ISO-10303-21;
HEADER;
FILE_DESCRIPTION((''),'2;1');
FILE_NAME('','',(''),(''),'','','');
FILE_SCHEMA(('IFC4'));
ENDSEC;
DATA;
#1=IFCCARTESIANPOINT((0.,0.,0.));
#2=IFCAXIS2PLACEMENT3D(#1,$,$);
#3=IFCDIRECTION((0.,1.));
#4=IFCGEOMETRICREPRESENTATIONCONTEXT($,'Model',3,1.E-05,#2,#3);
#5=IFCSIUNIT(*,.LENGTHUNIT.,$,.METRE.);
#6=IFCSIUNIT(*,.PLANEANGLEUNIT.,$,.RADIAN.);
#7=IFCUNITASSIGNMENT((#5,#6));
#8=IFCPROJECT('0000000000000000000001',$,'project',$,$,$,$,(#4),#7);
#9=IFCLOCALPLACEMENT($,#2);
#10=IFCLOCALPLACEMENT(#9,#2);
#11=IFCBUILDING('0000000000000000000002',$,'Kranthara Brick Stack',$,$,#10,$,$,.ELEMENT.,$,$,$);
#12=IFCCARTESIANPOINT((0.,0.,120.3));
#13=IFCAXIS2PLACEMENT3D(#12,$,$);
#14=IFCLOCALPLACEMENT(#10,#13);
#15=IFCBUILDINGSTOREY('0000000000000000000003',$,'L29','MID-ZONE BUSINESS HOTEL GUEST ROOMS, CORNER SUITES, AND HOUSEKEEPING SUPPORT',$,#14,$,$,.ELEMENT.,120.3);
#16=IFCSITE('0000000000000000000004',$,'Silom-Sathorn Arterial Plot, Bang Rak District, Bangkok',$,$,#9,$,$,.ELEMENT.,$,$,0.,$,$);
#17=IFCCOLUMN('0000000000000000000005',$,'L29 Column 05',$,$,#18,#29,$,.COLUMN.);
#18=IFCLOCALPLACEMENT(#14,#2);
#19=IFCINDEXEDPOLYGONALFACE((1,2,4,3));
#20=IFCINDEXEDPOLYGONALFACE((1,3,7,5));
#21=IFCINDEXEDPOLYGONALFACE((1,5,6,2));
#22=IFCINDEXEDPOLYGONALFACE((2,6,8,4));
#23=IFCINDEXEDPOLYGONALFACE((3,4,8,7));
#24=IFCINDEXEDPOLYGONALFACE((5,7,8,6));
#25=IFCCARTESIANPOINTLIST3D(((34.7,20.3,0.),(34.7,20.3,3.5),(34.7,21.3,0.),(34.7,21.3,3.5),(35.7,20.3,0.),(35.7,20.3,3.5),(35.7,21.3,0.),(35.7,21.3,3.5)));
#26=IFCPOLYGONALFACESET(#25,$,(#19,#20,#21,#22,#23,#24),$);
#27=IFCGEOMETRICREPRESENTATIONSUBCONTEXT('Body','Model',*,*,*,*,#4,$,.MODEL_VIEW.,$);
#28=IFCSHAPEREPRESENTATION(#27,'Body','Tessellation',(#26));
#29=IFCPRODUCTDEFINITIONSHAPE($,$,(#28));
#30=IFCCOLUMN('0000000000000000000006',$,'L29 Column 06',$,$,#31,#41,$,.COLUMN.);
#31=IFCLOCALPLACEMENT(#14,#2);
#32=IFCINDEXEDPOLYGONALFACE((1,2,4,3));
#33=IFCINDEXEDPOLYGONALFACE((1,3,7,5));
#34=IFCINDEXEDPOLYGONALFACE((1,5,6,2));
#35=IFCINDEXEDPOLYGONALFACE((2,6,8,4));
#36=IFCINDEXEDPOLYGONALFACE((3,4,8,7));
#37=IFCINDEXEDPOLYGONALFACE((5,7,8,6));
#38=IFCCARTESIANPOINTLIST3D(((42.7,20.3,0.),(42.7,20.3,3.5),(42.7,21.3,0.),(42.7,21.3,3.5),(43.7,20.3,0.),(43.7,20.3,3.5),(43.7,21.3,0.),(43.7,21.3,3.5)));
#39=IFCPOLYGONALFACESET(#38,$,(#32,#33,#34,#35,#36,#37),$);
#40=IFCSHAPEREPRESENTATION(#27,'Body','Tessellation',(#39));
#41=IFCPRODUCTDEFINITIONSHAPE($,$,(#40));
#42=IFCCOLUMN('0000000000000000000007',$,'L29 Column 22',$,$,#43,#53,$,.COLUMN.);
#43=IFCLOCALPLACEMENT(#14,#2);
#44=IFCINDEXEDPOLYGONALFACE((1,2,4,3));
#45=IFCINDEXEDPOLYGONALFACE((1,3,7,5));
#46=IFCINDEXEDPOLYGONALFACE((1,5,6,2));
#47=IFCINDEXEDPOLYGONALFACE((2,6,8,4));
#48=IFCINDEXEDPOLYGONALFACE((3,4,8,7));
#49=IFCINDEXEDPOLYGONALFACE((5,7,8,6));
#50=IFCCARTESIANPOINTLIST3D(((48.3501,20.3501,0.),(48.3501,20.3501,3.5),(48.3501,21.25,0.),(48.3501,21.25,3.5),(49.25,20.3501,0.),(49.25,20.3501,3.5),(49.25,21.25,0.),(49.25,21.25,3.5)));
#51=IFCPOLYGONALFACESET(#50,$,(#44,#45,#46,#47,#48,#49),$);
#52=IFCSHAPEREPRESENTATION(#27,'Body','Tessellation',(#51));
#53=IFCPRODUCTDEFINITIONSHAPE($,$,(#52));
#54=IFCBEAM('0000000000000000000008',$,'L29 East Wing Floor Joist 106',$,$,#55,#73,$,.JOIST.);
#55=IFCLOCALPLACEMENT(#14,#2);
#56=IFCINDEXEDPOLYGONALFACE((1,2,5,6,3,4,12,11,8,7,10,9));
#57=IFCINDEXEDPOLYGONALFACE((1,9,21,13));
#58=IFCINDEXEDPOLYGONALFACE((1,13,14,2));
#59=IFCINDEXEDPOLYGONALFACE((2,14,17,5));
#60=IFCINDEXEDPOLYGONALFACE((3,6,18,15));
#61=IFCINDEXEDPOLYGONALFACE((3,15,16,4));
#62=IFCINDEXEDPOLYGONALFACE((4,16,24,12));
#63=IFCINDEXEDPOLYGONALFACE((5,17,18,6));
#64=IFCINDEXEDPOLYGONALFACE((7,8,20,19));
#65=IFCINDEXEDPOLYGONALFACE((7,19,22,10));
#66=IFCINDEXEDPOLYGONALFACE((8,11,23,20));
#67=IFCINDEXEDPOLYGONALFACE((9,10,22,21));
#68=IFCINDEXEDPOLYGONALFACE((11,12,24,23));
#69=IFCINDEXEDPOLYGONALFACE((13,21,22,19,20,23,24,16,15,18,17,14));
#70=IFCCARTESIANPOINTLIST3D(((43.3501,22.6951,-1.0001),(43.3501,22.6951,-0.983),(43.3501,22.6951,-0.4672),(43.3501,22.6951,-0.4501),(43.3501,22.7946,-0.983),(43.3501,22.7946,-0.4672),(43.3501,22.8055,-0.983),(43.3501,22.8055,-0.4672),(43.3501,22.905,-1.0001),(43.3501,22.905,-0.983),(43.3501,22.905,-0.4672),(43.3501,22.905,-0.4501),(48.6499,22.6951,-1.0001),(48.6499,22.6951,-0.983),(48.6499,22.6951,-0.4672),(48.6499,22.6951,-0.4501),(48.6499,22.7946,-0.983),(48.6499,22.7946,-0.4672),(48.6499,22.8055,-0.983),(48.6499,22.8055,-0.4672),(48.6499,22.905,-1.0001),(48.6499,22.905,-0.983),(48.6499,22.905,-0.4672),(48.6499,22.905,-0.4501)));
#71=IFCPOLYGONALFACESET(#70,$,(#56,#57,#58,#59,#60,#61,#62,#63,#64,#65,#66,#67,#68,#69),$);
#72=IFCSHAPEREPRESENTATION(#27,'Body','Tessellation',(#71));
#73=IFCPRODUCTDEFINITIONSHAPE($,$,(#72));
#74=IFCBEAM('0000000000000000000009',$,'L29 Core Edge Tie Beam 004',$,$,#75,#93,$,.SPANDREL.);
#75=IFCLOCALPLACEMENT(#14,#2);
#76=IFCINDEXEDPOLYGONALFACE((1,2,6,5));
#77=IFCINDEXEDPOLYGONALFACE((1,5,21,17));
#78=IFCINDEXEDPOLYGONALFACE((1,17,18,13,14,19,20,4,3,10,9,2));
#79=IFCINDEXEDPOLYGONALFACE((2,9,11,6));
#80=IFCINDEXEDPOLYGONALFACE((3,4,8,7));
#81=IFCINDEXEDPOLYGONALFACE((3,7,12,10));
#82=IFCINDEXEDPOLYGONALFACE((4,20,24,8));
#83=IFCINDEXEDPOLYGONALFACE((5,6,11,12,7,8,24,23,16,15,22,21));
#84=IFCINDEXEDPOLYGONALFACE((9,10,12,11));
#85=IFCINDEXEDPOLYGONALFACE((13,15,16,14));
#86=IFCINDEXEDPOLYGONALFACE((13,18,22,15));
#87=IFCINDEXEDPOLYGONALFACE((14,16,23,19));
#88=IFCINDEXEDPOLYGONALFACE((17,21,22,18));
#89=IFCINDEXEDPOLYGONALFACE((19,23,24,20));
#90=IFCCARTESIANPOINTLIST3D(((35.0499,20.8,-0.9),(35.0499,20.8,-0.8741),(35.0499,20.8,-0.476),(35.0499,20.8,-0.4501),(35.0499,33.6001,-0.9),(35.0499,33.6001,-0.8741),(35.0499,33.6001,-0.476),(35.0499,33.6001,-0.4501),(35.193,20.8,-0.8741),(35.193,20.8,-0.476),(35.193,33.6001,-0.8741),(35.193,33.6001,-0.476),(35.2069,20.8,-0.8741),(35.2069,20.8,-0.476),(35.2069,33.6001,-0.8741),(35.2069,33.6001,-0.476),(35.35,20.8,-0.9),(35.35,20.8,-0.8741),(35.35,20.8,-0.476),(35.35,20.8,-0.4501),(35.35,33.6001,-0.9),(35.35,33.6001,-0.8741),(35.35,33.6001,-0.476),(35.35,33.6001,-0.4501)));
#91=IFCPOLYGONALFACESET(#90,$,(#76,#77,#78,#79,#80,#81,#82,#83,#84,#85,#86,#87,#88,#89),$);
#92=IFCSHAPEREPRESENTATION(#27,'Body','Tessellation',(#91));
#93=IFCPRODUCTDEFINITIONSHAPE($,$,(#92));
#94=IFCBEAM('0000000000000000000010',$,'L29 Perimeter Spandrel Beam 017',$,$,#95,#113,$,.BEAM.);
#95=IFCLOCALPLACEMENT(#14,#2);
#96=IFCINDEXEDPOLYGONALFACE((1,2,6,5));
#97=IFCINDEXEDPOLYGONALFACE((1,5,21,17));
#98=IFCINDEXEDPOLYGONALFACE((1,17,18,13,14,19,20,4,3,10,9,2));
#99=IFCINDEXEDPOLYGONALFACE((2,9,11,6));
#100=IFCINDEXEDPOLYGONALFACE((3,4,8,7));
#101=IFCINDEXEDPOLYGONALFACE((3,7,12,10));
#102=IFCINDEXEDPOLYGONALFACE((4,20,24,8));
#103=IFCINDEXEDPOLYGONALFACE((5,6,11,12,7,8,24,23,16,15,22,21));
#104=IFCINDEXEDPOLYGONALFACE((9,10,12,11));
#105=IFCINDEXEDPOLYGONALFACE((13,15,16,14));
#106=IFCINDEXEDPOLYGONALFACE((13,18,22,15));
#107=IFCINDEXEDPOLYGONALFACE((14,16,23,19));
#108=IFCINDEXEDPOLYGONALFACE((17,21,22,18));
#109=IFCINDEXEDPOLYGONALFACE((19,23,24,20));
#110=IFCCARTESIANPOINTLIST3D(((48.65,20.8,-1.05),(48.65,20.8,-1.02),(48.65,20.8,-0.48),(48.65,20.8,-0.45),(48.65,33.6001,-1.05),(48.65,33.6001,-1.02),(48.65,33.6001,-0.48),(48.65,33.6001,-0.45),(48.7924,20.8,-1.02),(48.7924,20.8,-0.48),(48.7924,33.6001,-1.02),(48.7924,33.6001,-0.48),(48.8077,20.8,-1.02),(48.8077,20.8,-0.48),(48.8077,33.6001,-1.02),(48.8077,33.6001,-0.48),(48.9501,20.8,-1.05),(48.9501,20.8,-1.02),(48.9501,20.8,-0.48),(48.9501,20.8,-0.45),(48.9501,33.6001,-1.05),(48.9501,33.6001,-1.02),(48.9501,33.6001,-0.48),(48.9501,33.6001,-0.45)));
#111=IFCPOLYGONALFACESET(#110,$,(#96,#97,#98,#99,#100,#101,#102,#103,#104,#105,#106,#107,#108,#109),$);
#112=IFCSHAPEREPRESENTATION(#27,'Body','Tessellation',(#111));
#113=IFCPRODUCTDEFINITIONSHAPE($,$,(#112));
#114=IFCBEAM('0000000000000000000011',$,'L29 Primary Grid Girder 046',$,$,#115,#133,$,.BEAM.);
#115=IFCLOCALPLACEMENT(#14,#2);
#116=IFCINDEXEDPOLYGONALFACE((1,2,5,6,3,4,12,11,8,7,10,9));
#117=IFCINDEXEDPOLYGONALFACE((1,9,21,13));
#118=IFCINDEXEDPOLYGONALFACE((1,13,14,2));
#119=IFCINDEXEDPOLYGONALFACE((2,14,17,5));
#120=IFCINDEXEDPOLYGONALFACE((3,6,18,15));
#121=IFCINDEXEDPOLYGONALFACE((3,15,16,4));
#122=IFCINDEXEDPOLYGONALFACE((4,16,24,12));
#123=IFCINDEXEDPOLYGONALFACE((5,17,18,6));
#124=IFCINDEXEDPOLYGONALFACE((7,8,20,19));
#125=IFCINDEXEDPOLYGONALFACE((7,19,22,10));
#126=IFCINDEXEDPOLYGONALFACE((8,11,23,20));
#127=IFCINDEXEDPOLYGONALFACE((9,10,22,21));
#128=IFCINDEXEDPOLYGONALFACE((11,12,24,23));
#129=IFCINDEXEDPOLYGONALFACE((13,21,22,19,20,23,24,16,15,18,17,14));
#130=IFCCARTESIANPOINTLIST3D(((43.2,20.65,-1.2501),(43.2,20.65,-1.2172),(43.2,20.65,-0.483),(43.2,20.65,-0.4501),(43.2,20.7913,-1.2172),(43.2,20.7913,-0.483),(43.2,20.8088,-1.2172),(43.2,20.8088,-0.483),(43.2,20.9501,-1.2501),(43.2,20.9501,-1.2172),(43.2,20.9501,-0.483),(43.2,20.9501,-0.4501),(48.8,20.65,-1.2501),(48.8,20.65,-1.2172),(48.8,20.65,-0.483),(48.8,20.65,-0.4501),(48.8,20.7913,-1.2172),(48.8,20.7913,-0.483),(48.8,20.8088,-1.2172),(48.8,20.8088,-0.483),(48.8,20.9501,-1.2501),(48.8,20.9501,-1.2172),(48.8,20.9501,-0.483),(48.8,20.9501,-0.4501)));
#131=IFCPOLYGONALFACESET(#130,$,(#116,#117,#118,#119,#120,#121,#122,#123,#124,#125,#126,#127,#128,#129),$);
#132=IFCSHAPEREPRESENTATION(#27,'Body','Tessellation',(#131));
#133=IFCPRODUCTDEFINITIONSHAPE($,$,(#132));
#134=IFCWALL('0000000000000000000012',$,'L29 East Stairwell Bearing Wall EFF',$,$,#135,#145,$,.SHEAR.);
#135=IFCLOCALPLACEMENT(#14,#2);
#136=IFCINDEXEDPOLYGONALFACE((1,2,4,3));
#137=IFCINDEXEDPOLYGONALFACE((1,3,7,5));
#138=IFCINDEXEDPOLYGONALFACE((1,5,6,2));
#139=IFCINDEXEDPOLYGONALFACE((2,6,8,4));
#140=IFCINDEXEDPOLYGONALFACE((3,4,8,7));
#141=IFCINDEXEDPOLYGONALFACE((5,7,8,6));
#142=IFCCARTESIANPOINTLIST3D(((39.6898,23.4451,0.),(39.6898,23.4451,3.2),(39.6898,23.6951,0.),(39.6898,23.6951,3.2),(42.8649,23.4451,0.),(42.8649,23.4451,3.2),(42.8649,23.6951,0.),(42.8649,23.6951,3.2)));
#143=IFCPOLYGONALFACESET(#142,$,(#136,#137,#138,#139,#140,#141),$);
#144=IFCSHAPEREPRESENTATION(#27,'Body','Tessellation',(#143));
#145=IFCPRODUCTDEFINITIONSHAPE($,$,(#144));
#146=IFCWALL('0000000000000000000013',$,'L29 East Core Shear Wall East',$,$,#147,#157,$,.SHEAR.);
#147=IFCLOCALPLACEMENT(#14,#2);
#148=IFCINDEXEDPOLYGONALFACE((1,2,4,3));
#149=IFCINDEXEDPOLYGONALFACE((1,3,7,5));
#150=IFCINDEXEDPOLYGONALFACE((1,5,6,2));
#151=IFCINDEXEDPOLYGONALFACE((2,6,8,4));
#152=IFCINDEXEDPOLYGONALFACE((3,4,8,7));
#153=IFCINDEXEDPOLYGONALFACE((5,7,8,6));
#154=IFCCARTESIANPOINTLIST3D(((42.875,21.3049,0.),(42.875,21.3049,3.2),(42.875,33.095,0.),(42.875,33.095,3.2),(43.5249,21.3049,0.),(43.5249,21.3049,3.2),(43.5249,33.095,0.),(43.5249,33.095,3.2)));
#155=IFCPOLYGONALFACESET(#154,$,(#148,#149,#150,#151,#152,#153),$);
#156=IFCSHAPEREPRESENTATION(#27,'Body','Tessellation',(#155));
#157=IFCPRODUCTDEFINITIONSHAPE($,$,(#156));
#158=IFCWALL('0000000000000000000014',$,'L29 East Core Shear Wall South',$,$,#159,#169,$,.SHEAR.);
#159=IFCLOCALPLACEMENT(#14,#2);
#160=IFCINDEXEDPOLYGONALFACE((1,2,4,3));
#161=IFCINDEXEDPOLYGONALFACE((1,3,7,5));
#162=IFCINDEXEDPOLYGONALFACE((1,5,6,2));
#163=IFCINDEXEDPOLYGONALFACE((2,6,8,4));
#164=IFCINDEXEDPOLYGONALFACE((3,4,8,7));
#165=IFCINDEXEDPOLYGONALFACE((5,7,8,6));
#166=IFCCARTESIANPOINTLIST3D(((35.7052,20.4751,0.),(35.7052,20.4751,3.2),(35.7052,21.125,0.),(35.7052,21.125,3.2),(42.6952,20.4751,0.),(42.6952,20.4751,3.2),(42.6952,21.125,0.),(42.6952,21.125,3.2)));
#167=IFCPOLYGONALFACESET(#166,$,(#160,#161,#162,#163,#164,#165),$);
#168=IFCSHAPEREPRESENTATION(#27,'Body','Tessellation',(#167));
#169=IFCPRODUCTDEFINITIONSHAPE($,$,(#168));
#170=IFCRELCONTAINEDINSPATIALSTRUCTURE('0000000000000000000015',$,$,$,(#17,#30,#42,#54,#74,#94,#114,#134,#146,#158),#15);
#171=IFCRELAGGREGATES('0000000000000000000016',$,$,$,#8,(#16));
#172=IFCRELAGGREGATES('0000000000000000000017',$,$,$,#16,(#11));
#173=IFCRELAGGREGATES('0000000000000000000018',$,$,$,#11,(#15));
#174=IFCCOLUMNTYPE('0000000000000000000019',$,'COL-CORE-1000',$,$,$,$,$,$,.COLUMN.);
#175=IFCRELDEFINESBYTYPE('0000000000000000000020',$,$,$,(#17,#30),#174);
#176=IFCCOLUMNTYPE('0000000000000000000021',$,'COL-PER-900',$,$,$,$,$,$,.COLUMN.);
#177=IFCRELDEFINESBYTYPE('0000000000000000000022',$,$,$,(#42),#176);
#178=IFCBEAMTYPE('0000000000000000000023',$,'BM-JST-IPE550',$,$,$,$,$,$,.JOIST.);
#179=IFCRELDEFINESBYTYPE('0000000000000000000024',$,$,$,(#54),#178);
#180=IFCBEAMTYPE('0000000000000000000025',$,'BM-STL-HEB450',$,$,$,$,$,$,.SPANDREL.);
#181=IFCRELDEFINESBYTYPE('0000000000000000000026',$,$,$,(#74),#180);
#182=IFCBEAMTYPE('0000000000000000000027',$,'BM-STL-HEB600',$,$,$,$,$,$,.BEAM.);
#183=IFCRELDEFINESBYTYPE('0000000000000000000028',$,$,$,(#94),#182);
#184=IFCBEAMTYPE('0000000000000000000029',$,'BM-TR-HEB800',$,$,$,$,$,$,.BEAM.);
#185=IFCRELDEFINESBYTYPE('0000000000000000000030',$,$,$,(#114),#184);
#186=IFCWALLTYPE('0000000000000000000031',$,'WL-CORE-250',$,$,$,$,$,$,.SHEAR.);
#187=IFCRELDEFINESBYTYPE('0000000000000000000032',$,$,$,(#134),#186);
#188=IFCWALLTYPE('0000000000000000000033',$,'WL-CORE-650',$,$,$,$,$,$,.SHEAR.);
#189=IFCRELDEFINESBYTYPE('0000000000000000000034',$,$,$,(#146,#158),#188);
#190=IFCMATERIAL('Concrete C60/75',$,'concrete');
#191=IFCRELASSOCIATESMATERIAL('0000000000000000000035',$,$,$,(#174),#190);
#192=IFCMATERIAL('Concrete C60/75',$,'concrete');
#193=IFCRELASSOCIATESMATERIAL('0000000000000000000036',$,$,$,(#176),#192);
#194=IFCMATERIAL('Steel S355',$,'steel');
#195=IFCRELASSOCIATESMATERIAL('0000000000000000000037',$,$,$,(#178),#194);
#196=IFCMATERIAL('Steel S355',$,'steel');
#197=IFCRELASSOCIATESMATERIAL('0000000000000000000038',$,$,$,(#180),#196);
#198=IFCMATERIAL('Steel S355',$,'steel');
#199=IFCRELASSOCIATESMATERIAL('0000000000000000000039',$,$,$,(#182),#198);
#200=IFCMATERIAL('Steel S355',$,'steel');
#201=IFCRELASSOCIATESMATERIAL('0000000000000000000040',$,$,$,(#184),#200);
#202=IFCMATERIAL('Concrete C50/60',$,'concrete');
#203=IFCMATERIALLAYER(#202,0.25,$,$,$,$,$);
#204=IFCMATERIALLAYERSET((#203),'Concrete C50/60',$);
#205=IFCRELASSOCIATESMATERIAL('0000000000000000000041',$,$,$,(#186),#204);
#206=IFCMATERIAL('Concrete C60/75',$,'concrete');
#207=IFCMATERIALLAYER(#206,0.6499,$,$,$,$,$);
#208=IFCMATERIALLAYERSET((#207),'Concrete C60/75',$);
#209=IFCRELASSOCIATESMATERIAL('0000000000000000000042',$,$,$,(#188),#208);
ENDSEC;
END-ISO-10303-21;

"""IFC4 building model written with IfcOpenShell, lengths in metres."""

from ifc_helpers import new_model, si_unit, direction, frame, frame_2d, origin, origin_2d, place, context, subcontext, project, spatial, rectangle, i_section, extrude, material, layer, layer_set, material_profile, profile_set, type_object, element, save


model = new_model("IFC4")

# Units and contexts
model_context = context("Model", 3, precision=1e-05, world=origin(), true_north=direction((0.0, 1.0)))
body_context = subcontext(model_context, "Body", "Model", "MODEL_VIEW")
ifc_project = project(units=[si_unit("LENGTHUNIT", "METRE"), si_unit("PLANEANGLEUNIT", "RADIAN")], contexts=[model_context])

# Site, building, storey
site_placement = place(None, origin())
site = spatial("IfcSite", under=ifc_project, at=site_placement, Name="Silom-Sathorn Arterial Plot, Bang Rak District, Bangkok", CompositionType="ELEMENT", RefElevation=0.0)
building_placement = place(site_placement, origin())
building = spatial("IfcBuilding", under=site, at=building_placement, Name="Kranthara Brick Stack", CompositionType="ELEMENT")
storey_placement = place(building_placement, frame((0.0, 0.0, 120.3)))
storey = spatial("IfcBuildingStorey", under=building, at=storey_placement, Name="L29", Description="MID-ZONE BUSINESS HOTEL GUEST ROOMS, CORNER SUITES, AND HOUSEKEEPING SUPPORT", CompositionType="ELEMENT", Elevation=120.3)

# Columns
ifc_material_1 = material(Name="Concrete C60/75", Category="concrete")
ifc_material_profile_1 = material_profile(ifc_material_1, rectangle(XDim=1.0, YDim=1.0, at=origin_2d()), Name="RC 1000x1000")
ifc_profile_set_1 = profile_set([ifc_material_profile_1], Name="Concrete C60/75")
column_type_1 = type_object("IfcColumnType", Name="COL-CORE-1000", PredefinedType="COLUMN", material=ifc_profile_set_1)
for number, where, z_axis, x_axis, name in (
    (1, (35.2, 20.8, 0.0), (0.0, 0.0, 1.0), (1.0, 0.0, 0.0), "L29 Column 05"),
    (2, (43.2, 20.8, 0.0), (0.0, 0.0, 1.0), (1.0, 0.0, 0.0), "L29 Column 06"),
):
    element("IfcColumn", number, at=place(storey_placement, frame(where, z_axis=z_axis, x_axis=x_axis)), inside=storey, type_object=column_type_1, Name=name, PredefinedType="COLUMN", context=body_context, shape_type="SweptSolid", body=[
        extrude(rectangle(XDim=1.0, YDim=1.0, at=origin_2d()), origin(), (0.0, 0.0, 1.0), 3.5),
    ])
ifc_material_2 = material(Name="Concrete C60/75", Category="concrete")
ifc_material_profile_2 = material_profile(ifc_material_2, rectangle(XDim=0.8999, YDim=0.8999, at=origin_2d()), Name="RC 900x900")
ifc_profile_set_2 = profile_set([ifc_material_profile_2], Name="Concrete C60/75")
column_type_2 = type_object("IfcColumnType", Name="COL-PER-900", PredefinedType="COLUMN", material=ifc_profile_set_2)
column_placement = place(storey_placement, frame((48.8, 20.8, 0.0), z_axis=(0.0, 0.0, 1.0), x_axis=(1.0, 0.0, 0.0)))
element("IfcColumn", 3, at=column_placement, inside=storey, type_object=column_type_2, Name="L29 Column 22", PredefinedType="COLUMN", context=body_context, shape_type="SweptSolid", body=[
    extrude(rectangle(XDim=0.8999, YDim=0.8999, at=origin_2d()), origin(), (0.0, 0.0, 1.0), 3.5),
])

# Beams
ifc_material_3 = material(Name="Steel S355", Category="steel")
ifc_material_profile_3 = material_profile(ifc_material_3, i_section(OverallWidth=0.21, OverallDepth=0.55, WebThickness=0.011, FlangeThickness=0.0171, at=origin_2d()), Name="IPE 550")
ifc_profile_set_3 = profile_set([ifc_material_profile_3], Name="Steel S355")
beam_type_1 = type_object("IfcBeamType", Name="BM-JST-IPE550", PredefinedType="JOIST", material=ifc_profile_set_3)
beam_1_placement = place(storey_placement, frame((43.3501, 22.8, -0.7251), z_axis=(1.0, 0.0, 0.0), x_axis=(0.0, 1.0, 0.0)))
element("IfcBeam", 4, at=beam_1_placement, inside=storey, type_object=beam_type_1, Name="L29 East Wing Floor Joist 106", PredefinedType="JOIST", context=body_context, shape_type="SweptSolid", body=[
    extrude(i_section(OverallWidth=0.21, OverallDepth=0.55, WebThickness=0.011, FlangeThickness=0.0171, at=origin_2d()), origin(), (0.0, 0.0, 1.0), 5.2998),
])
ifc_material_4 = material(Name="Steel S355", Category="steel")
ifc_material_profile_4 = material_profile(ifc_material_4, i_section(OverallWidth=0.3, OverallDepth=0.45, WebThickness=0.0139, FlangeThickness=0.0259, at=origin_2d()), Name="HEB 450")
ifc_profile_set_4 = profile_set([ifc_material_profile_4], Name="Steel S355")
beam_type_2 = type_object("IfcBeamType", Name="BM-STL-HEB450", PredefinedType="SPANDREL", material=ifc_profile_set_4)
beam_2_placement = place(storey_placement, frame((35.2, 20.8, -0.675), z_axis=(0.0, 1.0, 0.0), x_axis=(-1.0, 0.0, 0.0)))
element("IfcBeam", 5, at=beam_2_placement, inside=storey, type_object=beam_type_2, Name="L29 Core Edge Tie Beam 004", PredefinedType="SPANDREL", context=body_context, shape_type="SweptSolid", body=[
    extrude(i_section(OverallWidth=0.3, OverallDepth=0.45, WebThickness=0.0139, FlangeThickness=0.0259, at=origin_2d()), origin(), (0.0, 0.0, 1.0), 12.8),
])
ifc_material_5 = material(Name="Steel S355", Category="steel")
ifc_material_profile_5 = material_profile(ifc_material_5, i_section(OverallWidth=0.3, OverallDepth=0.6001, WebThickness=0.0154, FlangeThickness=0.03, at=origin_2d()), Name="HEB 600")
ifc_profile_set_5 = profile_set([ifc_material_profile_5], Name="Steel S355")
beam_type_3 = type_object("IfcBeamType", Name="BM-STL-HEB600", PredefinedType="BEAM", material=ifc_profile_set_5)
beam_3_placement = place(storey_placement, frame((48.8, 20.8, -0.75), z_axis=(0.0, 1.0, 0.0), x_axis=(-1.0, 0.0, 0.0)))
element("IfcBeam", 6, at=beam_3_placement, inside=storey, type_object=beam_type_3, Name="L29 Perimeter Spandrel Beam 017", PredefinedType="BEAM", context=body_context, shape_type="SweptSolid", body=[
    extrude(i_section(OverallWidth=0.3, OverallDepth=0.6001, WebThickness=0.0154, FlangeThickness=0.03, at=origin_2d()), origin(), (0.0, 0.0, 1.0), 12.8),
])
ifc_material_6 = material(Name="Steel S355", Category="steel")
ifc_material_profile_6 = material_profile(ifc_material_6, i_section(OverallWidth=0.3, OverallDepth=0.8, WebThickness=0.0176, FlangeThickness=0.033, at=origin_2d()), Name="HEB 800")
ifc_profile_set_6 = profile_set([ifc_material_profile_6], Name="Steel S355")
beam_type_4 = type_object("IfcBeamType", Name="BM-TR-HEB800", PredefinedType="BEAM", material=ifc_profile_set_6)
beam_4_placement = place(storey_placement, frame((43.2, 20.8, -0.8501), z_axis=(1.0, 0.0, 0.0), x_axis=(0.0, 1.0, 0.0)))
element("IfcBeam", 7, at=beam_4_placement, inside=storey, type_object=beam_type_4, Name="L29 Primary Grid Girder 046", PredefinedType="BEAM", context=body_context, shape_type="SweptSolid", body=[
    extrude(i_section(OverallWidth=0.3, OverallDepth=0.8, WebThickness=0.0176, FlangeThickness=0.033, at=origin_2d()), origin(), (0.0, 0.0, 1.0), 5.6001),
])

# Shared definitions
ifc_material_7 = material(Name="Concrete C50/60", Category="concrete")
ifc_layer_1 = layer(ifc_material_7, 0.25)
ifc_layer_set_1 = layer_set([ifc_layer_1], Name="Concrete C50/60")
wall_type_1 = type_object("IfcWallType", Name="WL-CORE-250", PredefinedType="SHEAR", material=ifc_layer_set_1)

# Walls
wall_1_placement = place(storey_placement, frame((39.6899, 23.5701, 0.0), z_axis=(0.0, 0.0, 1.0), x_axis=(1.0, 0.0, 0.0)))
element("IfcWall", 8, at=wall_1_placement, inside=storey, type_object=wall_type_1, Name="L29 East Stairwell Bearing Wall EFF", PredefinedType="SHEAR", context=body_context, shape_type="SweptSolid", body=[
    extrude(rectangle(XDim=3.175, YDim=0.25, at=frame_2d((1.5874, 0.0))), origin(), (0.0, 0.0, 1.0), 3.2),
])
ifc_material_8 = material(Name="Concrete C60/75", Category="concrete")
ifc_layer_2 = layer(ifc_material_8, 0.6499)
ifc_layer_set_2 = layer_set([ifc_layer_2], Name="Concrete C60/75")
wall_type_2 = type_object("IfcWallType", Name="WL-CORE-650", PredefinedType="SHEAR", material=ifc_layer_set_2)
wall_2_placement = place(storey_placement, frame((43.2, 21.3049, 0.0), z_axis=(0.0, 0.0, 1.0), x_axis=(0.0, 1.0, 0.0)))
element("IfcWall", 9, at=wall_2_placement, inside=storey, type_object=wall_type_2, Name="L29 East Core Shear Wall East", PredefinedType="SHEAR", context=body_context, shape_type="SweptSolid", body=[
    extrude(rectangle(XDim=11.79, YDim=0.6499, at=frame_2d((5.895, 0.0))), origin(), (0.0, 0.0, 1.0), 3.2),
])
wall_3_placement = place(storey_placement, frame((35.7051, 20.8, 0.0), z_axis=(0.0, 0.0, 1.0), x_axis=(1.0, 0.0, 0.0)))
element("IfcWall", 10, at=wall_3_placement, inside=storey, type_object=wall_type_2, Name="L29 East Core Shear Wall South", PredefinedType="SHEAR", context=body_context, shape_type="SweptSolid", body=[
    extrude(rectangle(XDim=6.99, YDim=0.6499, at=frame_2d((3.4951, 0.0))), origin(), (0.0, 0.0, 1.0), 3.2),
])

save(model, "model.ifc")
